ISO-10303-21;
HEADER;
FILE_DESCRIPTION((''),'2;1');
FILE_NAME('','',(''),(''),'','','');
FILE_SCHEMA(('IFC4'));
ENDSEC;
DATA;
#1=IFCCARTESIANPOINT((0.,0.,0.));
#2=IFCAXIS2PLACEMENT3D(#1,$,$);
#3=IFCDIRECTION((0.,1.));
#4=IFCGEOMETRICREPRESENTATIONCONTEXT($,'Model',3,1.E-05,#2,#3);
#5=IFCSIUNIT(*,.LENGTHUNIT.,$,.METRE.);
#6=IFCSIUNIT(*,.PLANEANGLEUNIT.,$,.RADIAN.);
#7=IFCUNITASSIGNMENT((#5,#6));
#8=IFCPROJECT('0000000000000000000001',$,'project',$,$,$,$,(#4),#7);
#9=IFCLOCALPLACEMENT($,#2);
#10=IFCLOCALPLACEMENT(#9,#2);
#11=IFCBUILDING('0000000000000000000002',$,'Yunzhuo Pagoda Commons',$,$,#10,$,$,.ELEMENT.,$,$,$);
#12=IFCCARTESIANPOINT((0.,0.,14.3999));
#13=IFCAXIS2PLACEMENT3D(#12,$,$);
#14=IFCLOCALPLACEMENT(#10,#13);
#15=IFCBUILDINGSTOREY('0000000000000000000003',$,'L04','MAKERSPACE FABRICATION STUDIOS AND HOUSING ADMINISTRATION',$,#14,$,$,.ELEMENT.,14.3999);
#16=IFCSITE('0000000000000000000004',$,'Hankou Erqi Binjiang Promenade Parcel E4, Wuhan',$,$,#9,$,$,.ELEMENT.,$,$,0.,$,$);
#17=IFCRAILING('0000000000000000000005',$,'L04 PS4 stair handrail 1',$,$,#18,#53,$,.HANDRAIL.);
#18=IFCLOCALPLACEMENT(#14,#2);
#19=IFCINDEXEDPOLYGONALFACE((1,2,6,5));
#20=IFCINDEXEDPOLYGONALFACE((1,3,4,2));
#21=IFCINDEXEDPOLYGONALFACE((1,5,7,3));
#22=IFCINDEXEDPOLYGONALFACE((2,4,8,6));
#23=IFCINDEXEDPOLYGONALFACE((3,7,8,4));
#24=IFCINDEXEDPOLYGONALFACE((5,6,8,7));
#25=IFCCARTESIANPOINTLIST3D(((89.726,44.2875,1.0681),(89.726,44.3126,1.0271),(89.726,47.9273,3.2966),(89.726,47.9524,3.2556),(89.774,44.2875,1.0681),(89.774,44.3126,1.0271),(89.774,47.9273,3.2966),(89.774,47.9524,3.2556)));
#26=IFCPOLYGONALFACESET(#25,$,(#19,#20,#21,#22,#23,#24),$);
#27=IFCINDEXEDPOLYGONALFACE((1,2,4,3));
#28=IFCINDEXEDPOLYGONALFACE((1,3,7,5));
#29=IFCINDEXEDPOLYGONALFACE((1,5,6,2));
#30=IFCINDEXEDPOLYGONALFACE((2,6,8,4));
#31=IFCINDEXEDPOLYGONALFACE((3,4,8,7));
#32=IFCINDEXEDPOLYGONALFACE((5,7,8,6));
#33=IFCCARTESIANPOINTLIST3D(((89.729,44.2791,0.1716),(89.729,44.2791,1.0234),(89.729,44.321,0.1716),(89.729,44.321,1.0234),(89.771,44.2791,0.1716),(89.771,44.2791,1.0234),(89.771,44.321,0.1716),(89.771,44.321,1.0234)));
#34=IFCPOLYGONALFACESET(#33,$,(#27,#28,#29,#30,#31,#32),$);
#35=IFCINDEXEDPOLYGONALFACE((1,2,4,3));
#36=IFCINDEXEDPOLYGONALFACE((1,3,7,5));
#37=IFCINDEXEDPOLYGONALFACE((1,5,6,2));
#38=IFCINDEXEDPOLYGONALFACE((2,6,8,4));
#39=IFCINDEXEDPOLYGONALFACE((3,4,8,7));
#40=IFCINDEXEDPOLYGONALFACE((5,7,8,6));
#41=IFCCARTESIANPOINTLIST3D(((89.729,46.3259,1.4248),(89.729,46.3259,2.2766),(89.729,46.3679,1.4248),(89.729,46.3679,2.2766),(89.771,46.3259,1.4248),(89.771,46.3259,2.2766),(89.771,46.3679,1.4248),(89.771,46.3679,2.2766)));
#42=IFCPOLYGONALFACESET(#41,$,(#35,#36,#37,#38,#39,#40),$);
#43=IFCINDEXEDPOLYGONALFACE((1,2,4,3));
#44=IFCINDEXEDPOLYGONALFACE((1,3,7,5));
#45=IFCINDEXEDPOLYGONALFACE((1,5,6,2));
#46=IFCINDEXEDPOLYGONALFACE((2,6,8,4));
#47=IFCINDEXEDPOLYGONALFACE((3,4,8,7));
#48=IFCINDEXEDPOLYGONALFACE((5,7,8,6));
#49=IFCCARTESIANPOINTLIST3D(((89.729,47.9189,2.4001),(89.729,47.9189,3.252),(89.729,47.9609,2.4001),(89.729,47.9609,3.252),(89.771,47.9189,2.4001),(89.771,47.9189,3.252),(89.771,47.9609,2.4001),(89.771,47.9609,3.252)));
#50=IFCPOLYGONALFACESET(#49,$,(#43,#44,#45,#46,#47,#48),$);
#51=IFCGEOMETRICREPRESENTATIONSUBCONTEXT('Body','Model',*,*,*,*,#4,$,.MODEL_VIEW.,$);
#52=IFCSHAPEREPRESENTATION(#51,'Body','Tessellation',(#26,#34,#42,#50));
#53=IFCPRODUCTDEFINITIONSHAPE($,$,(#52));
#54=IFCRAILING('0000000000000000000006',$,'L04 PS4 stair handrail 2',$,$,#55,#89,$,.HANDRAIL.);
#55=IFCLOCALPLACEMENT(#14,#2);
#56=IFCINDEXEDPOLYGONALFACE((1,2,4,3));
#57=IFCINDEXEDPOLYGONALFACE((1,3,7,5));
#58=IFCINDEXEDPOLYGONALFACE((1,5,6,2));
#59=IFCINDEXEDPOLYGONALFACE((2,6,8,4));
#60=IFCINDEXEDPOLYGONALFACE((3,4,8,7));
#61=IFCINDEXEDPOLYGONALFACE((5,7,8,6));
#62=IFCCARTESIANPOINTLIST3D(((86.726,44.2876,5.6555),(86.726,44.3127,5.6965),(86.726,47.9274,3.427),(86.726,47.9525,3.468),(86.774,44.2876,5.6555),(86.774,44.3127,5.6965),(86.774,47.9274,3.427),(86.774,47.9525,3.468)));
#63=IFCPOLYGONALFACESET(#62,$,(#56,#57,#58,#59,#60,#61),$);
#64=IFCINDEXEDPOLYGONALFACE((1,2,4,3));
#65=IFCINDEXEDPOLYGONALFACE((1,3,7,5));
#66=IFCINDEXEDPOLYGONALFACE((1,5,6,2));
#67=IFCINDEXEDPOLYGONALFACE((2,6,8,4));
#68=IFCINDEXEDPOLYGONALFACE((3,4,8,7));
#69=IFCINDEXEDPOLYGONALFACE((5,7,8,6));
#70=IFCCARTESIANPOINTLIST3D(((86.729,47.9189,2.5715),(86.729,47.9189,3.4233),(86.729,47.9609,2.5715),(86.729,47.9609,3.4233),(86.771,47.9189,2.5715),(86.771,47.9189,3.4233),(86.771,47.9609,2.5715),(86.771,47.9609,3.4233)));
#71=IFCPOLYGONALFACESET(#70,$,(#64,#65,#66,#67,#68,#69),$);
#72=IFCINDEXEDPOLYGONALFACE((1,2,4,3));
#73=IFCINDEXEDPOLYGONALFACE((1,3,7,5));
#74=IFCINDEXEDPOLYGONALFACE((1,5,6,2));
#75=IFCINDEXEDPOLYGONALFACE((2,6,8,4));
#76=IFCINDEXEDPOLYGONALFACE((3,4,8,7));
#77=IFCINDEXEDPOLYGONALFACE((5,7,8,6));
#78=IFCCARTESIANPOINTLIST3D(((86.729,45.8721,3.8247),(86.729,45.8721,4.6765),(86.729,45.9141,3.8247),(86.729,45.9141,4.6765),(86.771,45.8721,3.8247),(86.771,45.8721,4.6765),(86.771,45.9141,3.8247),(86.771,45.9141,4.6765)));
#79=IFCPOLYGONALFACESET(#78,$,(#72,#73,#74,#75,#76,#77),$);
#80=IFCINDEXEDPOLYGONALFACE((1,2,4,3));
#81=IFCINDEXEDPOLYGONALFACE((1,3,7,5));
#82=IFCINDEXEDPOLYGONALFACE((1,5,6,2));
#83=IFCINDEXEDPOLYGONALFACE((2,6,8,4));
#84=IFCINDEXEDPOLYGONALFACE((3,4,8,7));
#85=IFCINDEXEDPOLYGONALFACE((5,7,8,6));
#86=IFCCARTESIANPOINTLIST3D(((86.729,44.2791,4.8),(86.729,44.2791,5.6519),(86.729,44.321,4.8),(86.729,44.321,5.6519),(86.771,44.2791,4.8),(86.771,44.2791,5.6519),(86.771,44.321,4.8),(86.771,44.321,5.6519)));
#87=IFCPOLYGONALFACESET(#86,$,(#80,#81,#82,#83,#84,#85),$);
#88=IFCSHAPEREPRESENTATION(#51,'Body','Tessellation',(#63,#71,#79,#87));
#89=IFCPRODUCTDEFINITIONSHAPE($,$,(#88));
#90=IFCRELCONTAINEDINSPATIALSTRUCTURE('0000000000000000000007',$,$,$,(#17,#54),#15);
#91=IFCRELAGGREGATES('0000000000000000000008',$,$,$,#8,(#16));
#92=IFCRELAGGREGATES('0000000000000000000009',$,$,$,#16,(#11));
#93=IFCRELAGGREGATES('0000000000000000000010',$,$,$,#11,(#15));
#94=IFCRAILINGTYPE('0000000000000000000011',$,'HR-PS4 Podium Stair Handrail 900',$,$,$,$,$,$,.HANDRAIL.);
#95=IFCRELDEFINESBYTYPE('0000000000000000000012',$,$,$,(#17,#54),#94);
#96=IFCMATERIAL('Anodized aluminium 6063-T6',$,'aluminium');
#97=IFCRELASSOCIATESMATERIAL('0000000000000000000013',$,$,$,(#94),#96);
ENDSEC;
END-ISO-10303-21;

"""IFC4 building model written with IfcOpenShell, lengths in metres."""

from ifc_helpers import new_model, si_unit, direction, frame, origin, origin_2d, place, context, subcontext, project, spatial, rectangle, extrude, material, type_object, element, save


model = new_model("IFC4")

# Units and contexts
model_context = context("Model", 3, precision=1e-05, world=origin(), true_north=direction((0.0, 1.0)))
body_context = subcontext(model_context, "Body", "Model", "MODEL_VIEW")
ifc_project = project(units=[si_unit("LENGTHUNIT", "METRE"), si_unit("PLANEANGLEUNIT", "RADIAN")], contexts=[model_context])

# Site, building, storey
site_placement = place(None, origin())
site = spatial("IfcSite", under=ifc_project, at=site_placement, Name="Hankou Erqi Binjiang Promenade Parcel E4, Wuhan", CompositionType="ELEMENT", RefElevation=0.0)
building_placement = place(site_placement, origin())
building = spatial("IfcBuilding", under=site, at=building_placement, Name="Yunzhuo Pagoda Commons", CompositionType="ELEMENT")
storey_placement = place(building_placement, frame((0.0, 0.0, 14.3999)))
storey = spatial("IfcBuildingStorey", under=building, at=storey_placement, Name="L04", Description="MAKERSPACE FABRICATION STUDIOS AND HOUSING ADMINISTRATION", CompositionType="ELEMENT", Elevation=14.3999)

# Railings
ifc_material_1 = material(Name="Anodized aluminium 6063-T6", Category="aluminium")
railing_type_1 = type_object("IfcRailingType", Name="HR-PS4 Podium Stair Handrail 900", PredefinedType="HANDRAIL", material=ifc_material_1)
railing_1_placement = place(storey_placement, frame((89.75, 44.3, 0.1716)))
element("IfcRailing", 1, at=railing_1_placement, inside=storey, type_object=railing_type_1, Name="L04 PS4 stair handrail 1", PredefinedType="HANDRAIL", context=body_context, shape_type="SweptSolid", body=[
    extrude(rectangle(XDim=0.0481, YDim=0.0481, at=origin_2d()), frame((0.0, 0.0, 0.876), z_axis=(0.0, 0.85285, 0.522156), x_axis=(-1.0, 0.0, 0.0)), (0.0, 0.0, 1.0), 4.2678),
    extrude(rectangle(XDim=0.042, YDim=0.042, at=origin_2d()), origin(), (0.0, 0.0, 1.0), 0.8518),
    extrude(rectangle(XDim=0.042, YDim=0.042, at=origin_2d()), frame((0.0, 2.0469, 1.2532)), (0.0, 0.0, 1.0), 0.8518),
    extrude(rectangle(XDim=0.042, YDim=0.042, at=origin_2d()), frame((0.0, 3.6399, 2.2285)), (0.0, 0.0, 1.0), 0.8518),
])
railing_2_placement = place(storey_placement, frame((86.75, 47.9399, 2.5715)))
element("IfcRailing", 2, at=railing_2_placement, inside=storey, type_object=railing_type_1, Name="L04 PS4 stair handrail 2", PredefinedType="HANDRAIL", context=body_context, shape_type="SweptSolid", body=[
    extrude(rectangle(XDim=0.0481, YDim=0.0481, at=origin_2d()), frame((0.0, 0.0, 0.876), z_axis=(0.0, -0.85285, 0.522156), x_axis=(1.0, 0.0, 0.0)), (0.0, 0.0, 1.0), 4.2678),
    extrude(rectangle(XDim=0.042, YDim=0.042, at=origin_2d()), origin(), (0.0, 0.0, 1.0), 0.8518),
    extrude(rectangle(XDim=0.042, YDim=0.042, at=origin_2d()), frame((0.0, -2.0469, 1.2532)), (0.0, 0.0, 1.0), 0.8518),
    extrude(rectangle(XDim=0.042, YDim=0.042, at=origin_2d()), frame((0.0, -3.6399, 2.2285)), (0.0, 0.0, 1.0), 0.8518),
])

save(model, "model.ifc")
